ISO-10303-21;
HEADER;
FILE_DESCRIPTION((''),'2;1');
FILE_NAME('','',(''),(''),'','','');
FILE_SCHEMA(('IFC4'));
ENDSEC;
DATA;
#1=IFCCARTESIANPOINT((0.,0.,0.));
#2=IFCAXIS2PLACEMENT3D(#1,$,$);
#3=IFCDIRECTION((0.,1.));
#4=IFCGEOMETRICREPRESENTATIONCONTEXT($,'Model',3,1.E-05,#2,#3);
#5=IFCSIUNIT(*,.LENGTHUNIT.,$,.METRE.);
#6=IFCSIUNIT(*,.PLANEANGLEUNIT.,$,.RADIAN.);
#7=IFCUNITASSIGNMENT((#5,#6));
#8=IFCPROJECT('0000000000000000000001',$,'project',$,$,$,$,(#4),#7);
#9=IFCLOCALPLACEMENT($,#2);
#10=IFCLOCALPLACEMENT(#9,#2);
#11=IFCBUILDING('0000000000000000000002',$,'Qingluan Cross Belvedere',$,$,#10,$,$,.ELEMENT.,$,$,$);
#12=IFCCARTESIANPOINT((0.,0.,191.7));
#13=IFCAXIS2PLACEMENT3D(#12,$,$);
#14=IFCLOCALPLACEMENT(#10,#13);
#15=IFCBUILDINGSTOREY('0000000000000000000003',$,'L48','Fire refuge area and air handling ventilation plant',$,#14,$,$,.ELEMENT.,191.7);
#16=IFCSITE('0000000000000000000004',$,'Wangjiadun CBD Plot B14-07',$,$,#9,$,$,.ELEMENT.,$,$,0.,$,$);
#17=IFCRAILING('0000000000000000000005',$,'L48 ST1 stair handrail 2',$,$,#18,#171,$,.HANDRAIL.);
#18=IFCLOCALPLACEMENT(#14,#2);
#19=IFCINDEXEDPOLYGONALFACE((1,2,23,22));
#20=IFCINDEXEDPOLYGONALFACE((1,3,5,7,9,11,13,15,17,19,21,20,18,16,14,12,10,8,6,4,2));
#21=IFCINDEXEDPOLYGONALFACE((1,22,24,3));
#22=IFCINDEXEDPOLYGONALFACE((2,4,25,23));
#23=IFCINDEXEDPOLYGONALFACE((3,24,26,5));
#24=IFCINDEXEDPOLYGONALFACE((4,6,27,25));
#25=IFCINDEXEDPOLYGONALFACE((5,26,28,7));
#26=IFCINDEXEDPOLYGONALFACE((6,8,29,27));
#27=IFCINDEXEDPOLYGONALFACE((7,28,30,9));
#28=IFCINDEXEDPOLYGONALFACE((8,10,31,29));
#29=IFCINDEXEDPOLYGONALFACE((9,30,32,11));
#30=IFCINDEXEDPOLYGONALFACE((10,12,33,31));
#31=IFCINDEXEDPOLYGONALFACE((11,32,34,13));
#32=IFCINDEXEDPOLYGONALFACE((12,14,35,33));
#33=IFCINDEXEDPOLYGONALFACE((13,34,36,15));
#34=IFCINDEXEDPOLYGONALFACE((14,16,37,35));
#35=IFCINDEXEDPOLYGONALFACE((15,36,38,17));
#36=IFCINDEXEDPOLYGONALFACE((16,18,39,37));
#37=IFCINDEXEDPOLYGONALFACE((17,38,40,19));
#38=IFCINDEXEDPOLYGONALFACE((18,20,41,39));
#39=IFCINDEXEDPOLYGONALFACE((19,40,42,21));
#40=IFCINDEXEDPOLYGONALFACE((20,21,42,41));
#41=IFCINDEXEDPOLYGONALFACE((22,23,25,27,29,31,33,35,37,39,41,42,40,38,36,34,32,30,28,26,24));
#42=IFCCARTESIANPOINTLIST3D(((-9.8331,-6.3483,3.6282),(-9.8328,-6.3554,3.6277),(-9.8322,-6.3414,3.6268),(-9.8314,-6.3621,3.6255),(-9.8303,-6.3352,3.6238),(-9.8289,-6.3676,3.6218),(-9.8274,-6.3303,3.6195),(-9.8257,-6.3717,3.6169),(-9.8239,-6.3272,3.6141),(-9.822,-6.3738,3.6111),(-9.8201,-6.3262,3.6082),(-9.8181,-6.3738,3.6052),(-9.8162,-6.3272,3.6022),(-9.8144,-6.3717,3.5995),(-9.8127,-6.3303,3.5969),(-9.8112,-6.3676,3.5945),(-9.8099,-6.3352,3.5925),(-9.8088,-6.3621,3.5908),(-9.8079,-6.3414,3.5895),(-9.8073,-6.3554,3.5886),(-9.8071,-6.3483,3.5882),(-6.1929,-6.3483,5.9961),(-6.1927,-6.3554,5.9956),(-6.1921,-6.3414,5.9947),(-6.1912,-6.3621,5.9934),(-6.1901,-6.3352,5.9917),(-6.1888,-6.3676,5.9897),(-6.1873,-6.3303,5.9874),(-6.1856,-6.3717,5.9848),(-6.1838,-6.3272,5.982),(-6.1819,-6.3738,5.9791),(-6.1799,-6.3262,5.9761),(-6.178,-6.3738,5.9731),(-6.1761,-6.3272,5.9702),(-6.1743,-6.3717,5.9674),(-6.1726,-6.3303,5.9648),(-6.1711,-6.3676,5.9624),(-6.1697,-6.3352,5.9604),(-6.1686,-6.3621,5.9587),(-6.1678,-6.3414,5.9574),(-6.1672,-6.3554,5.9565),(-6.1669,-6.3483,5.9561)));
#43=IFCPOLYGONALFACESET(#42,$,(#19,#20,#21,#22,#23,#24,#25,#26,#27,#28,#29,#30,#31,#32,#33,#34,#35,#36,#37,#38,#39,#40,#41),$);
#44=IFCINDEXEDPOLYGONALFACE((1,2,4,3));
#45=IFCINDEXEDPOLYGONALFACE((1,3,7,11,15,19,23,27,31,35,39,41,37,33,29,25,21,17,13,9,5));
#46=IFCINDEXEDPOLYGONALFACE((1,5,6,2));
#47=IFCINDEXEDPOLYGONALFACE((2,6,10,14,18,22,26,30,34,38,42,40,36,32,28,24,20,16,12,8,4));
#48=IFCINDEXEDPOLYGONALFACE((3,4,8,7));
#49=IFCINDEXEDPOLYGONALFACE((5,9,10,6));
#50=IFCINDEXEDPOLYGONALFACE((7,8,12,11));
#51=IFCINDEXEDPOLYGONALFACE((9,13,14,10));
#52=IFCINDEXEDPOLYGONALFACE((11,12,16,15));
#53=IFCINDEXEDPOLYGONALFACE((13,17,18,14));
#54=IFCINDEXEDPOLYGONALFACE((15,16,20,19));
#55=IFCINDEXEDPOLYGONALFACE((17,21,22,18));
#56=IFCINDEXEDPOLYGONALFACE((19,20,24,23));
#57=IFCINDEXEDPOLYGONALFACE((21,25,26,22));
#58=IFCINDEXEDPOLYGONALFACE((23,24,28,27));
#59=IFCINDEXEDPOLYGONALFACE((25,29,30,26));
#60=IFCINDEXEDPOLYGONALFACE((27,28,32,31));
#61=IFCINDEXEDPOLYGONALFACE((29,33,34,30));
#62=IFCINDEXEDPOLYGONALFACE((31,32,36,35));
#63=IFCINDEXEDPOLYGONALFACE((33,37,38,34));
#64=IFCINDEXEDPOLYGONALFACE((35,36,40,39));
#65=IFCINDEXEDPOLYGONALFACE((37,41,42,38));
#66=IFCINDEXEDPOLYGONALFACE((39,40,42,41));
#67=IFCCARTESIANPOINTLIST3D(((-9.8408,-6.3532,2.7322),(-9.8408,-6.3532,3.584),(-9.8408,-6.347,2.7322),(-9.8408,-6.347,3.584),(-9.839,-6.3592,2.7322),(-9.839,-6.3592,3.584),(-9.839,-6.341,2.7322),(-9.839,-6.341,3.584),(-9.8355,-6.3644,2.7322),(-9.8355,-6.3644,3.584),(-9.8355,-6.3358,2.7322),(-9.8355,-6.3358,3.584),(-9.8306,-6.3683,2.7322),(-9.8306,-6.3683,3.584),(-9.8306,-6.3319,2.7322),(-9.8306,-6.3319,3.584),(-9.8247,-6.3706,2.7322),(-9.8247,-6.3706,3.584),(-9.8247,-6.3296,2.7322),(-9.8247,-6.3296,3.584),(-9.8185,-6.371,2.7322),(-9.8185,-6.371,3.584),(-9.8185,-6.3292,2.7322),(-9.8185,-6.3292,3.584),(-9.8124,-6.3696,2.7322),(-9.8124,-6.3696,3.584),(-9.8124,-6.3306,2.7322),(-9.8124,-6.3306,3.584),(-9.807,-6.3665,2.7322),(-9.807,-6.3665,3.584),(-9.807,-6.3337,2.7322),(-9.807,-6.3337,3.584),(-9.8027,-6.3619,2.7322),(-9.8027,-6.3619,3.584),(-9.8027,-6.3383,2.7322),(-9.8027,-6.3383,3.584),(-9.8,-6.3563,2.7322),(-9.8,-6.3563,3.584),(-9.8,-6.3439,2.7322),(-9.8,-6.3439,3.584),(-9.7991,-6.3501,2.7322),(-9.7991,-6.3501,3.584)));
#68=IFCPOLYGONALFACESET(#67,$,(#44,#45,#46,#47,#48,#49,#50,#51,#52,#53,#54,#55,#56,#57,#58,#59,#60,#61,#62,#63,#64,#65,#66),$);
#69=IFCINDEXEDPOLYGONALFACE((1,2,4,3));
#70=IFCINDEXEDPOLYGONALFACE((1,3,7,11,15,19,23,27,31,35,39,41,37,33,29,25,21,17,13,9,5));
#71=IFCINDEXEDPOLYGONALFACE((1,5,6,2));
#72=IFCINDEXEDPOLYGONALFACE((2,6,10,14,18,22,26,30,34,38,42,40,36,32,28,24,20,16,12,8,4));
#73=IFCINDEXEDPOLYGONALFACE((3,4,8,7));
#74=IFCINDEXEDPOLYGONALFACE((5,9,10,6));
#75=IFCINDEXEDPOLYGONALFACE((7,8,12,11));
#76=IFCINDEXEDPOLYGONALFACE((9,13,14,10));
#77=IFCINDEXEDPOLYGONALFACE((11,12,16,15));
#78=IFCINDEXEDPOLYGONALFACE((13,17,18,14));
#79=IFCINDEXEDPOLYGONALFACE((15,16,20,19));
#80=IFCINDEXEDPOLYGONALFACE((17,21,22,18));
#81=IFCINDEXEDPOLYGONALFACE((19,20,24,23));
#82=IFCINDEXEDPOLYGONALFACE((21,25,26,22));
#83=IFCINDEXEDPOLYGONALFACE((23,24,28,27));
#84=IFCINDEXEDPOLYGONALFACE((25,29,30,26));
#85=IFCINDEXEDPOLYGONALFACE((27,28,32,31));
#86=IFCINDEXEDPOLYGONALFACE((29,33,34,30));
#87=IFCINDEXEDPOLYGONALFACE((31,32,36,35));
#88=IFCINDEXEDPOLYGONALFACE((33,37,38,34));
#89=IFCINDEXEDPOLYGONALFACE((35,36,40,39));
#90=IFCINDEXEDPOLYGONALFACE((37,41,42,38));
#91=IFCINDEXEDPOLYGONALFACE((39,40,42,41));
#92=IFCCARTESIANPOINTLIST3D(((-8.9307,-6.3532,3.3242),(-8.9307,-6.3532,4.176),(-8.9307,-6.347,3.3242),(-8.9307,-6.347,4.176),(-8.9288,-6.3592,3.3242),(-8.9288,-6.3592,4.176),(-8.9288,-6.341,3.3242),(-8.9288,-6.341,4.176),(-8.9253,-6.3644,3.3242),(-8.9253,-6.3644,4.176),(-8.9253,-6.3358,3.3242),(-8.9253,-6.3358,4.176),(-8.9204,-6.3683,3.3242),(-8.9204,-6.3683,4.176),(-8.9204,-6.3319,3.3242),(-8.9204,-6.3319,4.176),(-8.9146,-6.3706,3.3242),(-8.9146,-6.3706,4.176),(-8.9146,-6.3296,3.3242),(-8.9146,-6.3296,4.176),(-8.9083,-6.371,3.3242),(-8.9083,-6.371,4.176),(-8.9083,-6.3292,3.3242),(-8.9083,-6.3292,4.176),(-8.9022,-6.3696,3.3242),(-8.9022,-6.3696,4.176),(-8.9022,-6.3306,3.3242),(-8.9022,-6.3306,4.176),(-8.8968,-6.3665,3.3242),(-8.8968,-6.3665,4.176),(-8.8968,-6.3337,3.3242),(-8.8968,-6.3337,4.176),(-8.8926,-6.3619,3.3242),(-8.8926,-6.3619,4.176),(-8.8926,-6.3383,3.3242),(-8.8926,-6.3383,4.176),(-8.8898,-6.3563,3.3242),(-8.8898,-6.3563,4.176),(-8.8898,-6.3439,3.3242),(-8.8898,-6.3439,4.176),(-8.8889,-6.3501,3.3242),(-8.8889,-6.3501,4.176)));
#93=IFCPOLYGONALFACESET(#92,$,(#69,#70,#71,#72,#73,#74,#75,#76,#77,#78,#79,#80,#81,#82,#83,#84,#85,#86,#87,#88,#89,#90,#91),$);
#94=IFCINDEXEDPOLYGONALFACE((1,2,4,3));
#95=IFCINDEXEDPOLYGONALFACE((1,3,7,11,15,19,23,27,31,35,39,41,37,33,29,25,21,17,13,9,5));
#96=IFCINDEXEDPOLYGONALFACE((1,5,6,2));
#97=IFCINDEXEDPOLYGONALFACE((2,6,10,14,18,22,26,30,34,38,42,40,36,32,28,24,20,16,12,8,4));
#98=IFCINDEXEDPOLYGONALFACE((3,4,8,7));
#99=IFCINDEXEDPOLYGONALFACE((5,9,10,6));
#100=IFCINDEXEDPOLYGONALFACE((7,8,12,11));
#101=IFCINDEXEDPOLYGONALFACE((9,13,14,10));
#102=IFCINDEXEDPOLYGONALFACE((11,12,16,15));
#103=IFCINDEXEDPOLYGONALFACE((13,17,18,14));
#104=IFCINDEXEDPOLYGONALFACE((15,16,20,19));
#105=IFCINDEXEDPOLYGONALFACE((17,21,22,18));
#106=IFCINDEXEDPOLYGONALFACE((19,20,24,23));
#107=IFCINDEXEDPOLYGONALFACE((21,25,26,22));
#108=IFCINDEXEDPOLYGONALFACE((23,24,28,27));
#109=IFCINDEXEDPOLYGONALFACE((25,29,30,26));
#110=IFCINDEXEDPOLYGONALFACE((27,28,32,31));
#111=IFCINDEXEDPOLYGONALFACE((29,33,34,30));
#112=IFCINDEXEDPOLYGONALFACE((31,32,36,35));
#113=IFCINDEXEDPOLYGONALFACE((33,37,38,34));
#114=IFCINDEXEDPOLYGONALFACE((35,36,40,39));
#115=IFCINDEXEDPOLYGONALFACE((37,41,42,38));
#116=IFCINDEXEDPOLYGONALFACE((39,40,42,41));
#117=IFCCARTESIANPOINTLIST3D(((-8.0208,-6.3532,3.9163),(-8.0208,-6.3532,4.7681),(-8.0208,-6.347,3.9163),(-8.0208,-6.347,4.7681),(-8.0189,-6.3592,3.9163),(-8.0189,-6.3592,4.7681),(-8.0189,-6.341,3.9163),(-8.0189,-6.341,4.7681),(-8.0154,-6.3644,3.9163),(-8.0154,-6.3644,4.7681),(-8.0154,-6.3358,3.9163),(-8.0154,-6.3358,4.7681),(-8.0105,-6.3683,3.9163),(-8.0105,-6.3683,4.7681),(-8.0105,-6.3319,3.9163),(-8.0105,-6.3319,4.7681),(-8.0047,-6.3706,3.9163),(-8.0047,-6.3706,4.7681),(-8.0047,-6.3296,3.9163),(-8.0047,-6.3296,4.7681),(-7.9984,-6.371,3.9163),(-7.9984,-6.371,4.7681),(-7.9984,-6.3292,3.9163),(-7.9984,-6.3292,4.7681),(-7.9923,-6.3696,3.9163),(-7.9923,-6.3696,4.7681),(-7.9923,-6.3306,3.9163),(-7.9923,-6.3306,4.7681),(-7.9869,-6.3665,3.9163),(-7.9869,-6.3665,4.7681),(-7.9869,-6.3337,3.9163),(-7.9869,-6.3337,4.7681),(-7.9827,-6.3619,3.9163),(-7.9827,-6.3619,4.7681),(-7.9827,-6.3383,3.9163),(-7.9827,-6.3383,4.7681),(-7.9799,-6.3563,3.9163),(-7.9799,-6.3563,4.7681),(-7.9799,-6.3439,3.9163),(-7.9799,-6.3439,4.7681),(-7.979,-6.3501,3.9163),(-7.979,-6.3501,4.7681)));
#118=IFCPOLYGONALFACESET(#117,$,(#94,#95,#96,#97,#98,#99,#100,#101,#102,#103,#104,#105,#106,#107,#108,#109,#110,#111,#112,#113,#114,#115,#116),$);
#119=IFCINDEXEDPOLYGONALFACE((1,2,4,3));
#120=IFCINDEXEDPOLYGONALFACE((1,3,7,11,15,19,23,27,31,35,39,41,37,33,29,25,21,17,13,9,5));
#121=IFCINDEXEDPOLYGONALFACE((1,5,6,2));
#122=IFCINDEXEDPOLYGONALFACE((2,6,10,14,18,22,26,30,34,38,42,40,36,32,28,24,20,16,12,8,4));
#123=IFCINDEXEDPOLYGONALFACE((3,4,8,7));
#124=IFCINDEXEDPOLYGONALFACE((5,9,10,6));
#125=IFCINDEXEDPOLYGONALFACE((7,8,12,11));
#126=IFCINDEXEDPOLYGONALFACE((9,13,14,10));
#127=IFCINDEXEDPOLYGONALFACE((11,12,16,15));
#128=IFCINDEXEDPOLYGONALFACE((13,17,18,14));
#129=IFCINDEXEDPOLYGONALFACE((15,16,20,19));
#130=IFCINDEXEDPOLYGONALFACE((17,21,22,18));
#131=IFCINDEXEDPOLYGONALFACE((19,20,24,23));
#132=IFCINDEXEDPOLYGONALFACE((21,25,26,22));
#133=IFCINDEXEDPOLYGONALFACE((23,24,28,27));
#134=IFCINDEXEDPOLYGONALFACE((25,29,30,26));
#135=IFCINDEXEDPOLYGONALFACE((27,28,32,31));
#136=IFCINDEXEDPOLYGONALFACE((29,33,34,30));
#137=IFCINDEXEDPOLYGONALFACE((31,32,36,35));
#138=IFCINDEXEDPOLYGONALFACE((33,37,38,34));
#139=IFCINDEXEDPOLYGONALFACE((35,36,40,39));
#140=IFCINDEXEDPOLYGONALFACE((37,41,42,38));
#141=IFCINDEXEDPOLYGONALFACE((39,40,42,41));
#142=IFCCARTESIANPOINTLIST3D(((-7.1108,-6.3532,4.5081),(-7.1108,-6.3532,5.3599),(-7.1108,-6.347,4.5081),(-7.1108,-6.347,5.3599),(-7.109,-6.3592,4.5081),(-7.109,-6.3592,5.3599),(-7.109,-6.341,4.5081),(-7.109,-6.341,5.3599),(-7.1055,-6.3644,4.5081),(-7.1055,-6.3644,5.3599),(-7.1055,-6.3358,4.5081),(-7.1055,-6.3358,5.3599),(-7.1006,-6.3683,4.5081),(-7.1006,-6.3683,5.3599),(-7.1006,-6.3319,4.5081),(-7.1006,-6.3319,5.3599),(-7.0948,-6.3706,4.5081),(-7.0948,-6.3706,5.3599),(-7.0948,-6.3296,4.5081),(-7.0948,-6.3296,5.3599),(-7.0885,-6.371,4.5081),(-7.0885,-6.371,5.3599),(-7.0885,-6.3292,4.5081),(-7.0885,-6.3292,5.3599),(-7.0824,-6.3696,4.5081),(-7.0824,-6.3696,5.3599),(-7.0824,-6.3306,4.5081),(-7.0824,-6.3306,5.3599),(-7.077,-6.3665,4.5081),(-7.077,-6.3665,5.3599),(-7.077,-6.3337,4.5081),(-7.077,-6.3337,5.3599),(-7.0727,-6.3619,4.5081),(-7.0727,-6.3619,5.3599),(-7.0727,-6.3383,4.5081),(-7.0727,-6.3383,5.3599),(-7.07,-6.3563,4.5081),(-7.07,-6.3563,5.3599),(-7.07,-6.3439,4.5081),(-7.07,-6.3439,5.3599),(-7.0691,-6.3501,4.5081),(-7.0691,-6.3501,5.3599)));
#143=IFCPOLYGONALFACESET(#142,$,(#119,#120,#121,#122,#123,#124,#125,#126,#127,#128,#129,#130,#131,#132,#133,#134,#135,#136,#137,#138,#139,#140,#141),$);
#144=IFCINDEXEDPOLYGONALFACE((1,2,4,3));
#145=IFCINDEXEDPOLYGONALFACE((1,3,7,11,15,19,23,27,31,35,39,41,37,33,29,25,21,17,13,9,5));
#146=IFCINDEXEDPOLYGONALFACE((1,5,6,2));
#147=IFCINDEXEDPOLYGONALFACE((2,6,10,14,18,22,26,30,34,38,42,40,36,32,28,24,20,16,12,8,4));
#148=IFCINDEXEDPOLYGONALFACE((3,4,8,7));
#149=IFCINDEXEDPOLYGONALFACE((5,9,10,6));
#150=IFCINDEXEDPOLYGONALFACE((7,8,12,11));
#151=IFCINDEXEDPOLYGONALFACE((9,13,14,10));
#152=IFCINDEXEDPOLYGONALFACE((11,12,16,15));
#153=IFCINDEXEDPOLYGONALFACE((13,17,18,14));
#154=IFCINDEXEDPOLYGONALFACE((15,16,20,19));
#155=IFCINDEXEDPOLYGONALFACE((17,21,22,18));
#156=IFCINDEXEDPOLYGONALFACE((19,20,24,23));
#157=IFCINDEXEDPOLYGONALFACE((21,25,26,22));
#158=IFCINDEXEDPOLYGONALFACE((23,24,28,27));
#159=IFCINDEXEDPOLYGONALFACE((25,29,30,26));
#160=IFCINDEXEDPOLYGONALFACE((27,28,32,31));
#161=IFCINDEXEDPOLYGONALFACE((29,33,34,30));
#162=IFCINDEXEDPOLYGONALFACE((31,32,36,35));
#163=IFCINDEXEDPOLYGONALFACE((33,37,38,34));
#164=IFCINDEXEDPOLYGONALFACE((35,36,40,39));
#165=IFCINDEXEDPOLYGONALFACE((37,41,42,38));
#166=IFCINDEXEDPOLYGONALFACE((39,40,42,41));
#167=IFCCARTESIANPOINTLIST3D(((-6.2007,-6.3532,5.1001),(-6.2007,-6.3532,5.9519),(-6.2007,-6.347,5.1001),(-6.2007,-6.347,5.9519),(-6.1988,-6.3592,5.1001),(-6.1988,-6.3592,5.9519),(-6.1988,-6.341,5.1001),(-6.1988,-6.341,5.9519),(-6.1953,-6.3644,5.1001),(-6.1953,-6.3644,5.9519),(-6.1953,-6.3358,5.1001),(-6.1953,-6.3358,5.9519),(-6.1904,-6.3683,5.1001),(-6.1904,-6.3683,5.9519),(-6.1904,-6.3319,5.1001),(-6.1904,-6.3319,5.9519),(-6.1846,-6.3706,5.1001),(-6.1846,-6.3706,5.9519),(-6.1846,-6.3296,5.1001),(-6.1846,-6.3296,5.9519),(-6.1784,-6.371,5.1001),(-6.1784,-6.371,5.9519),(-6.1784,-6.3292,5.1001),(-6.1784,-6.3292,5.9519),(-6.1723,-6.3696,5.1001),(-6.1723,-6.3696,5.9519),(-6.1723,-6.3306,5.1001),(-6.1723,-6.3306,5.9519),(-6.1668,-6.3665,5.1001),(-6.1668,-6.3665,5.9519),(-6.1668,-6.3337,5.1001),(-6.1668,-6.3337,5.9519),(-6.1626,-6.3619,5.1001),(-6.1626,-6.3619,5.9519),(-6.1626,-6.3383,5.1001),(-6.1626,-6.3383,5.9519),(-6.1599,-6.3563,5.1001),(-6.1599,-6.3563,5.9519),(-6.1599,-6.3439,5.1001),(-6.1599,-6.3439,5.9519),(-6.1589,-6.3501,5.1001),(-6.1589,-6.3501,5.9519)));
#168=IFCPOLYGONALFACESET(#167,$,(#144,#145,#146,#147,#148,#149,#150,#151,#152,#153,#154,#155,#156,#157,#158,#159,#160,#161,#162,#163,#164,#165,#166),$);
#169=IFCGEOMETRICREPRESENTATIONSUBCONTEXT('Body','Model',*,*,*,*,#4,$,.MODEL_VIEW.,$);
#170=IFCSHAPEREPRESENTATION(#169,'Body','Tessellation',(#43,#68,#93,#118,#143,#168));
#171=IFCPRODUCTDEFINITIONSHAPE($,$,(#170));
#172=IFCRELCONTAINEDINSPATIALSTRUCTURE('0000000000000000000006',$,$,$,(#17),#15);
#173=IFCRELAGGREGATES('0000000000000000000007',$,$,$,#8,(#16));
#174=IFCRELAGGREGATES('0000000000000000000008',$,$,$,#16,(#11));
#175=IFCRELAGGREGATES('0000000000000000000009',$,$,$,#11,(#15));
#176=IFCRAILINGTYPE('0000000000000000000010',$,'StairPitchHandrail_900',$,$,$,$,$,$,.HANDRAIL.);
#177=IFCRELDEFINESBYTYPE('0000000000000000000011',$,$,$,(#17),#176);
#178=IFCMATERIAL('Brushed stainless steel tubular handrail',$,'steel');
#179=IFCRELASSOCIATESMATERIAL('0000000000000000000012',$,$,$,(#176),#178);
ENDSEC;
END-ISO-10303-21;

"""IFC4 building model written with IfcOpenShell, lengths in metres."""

from ifc_helpers import new_model, si_unit, direction, frame, origin, origin_2d, place, context, subcontext, project, spatial, circle, extrude, material, type_object, element, save


model = new_model("IFC4")

# Units and contexts
model_context = context("Model", 3, precision=1e-05, world=origin(), true_north=direction((0.0, 1.0)))
body_context = subcontext(model_context, "Body", "Model", "MODEL_VIEW")
ifc_project = project(units=[si_unit("LENGTHUNIT", "METRE"), si_unit("PLANEANGLEUNIT", "RADIAN")], contexts=[model_context])

# Site, building, storey
site_placement = place(None, origin())
site = spatial("IfcSite", under=ifc_project, at=site_placement, Name="Wangjiadun CBD Plot B14-07", CompositionType="ELEMENT", RefElevation=0.0)
building_placement = place(site_placement, origin())
building = spatial("IfcBuilding", under=site, at=building_placement, Name="Qingluan Cross Belvedere", CompositionType="ELEMENT")
storey_placement = place(building_placement, frame((0.0, 0.0, 191.7)))
storey = spatial("IfcBuildingStorey", under=building, at=storey_placement, Name="L48", Description="Fire refuge area and air handling ventilation plant", CompositionType="ELEMENT", Elevation=191.7)

# Railing
ifc_material_1 = material(Name="Brushed stainless steel tubular handrail", Category="steel")
railing_type_1 = type_object("IfcRailingType", Name="StairPitchHandrail_900", PredefinedType="HANDRAIL", material=ifc_material_1)
railing_1_placement = place(storey_placement, frame((-9.8201, -6.3501, 2.7322)))
element("IfcRailing", 1, at=railing_1_placement, inside=storey, type_object=railing_type_1, Name="L48 ST1 stair handrail 2", PredefinedType="HANDRAIL", context=body_context, shape_type="SweptSolid", body=[
    extrude(circle(Radius=0.0239, at=origin_2d()), frame((0.0, 0.0, 0.876), z_axis=(0.838251, 0.0, 0.545285), x_axis=(0.0, 1.0, 0.0)), (0.0, 0.0, 1.0), 4.3425),
    extrude(circle(Radius=0.021, at=origin_2d()), origin(), (0.0, 0.0, 1.0), 0.8518),
    extrude(circle(Radius=0.021, at=origin_2d()), frame((0.9102, 0.0, 0.592)), (0.0, 0.0, 1.0), 0.8518),
    extrude(circle(Radius=0.021, at=origin_2d()), frame((1.8201, 0.0, 1.1841)), (0.0, 0.0, 1.0), 0.8518),
    extrude(circle(Radius=0.021, at=origin_2d()), frame((2.73, 0.0, 1.7759)), (0.0, 0.0, 1.0), 0.8518),
    extrude(circle(Radius=0.021, at=origin_2d()), frame((3.6401, 0.0, 2.3679)), (0.0, 0.0, 1.0), 0.8518),
])

save(model, "model.ifc")
